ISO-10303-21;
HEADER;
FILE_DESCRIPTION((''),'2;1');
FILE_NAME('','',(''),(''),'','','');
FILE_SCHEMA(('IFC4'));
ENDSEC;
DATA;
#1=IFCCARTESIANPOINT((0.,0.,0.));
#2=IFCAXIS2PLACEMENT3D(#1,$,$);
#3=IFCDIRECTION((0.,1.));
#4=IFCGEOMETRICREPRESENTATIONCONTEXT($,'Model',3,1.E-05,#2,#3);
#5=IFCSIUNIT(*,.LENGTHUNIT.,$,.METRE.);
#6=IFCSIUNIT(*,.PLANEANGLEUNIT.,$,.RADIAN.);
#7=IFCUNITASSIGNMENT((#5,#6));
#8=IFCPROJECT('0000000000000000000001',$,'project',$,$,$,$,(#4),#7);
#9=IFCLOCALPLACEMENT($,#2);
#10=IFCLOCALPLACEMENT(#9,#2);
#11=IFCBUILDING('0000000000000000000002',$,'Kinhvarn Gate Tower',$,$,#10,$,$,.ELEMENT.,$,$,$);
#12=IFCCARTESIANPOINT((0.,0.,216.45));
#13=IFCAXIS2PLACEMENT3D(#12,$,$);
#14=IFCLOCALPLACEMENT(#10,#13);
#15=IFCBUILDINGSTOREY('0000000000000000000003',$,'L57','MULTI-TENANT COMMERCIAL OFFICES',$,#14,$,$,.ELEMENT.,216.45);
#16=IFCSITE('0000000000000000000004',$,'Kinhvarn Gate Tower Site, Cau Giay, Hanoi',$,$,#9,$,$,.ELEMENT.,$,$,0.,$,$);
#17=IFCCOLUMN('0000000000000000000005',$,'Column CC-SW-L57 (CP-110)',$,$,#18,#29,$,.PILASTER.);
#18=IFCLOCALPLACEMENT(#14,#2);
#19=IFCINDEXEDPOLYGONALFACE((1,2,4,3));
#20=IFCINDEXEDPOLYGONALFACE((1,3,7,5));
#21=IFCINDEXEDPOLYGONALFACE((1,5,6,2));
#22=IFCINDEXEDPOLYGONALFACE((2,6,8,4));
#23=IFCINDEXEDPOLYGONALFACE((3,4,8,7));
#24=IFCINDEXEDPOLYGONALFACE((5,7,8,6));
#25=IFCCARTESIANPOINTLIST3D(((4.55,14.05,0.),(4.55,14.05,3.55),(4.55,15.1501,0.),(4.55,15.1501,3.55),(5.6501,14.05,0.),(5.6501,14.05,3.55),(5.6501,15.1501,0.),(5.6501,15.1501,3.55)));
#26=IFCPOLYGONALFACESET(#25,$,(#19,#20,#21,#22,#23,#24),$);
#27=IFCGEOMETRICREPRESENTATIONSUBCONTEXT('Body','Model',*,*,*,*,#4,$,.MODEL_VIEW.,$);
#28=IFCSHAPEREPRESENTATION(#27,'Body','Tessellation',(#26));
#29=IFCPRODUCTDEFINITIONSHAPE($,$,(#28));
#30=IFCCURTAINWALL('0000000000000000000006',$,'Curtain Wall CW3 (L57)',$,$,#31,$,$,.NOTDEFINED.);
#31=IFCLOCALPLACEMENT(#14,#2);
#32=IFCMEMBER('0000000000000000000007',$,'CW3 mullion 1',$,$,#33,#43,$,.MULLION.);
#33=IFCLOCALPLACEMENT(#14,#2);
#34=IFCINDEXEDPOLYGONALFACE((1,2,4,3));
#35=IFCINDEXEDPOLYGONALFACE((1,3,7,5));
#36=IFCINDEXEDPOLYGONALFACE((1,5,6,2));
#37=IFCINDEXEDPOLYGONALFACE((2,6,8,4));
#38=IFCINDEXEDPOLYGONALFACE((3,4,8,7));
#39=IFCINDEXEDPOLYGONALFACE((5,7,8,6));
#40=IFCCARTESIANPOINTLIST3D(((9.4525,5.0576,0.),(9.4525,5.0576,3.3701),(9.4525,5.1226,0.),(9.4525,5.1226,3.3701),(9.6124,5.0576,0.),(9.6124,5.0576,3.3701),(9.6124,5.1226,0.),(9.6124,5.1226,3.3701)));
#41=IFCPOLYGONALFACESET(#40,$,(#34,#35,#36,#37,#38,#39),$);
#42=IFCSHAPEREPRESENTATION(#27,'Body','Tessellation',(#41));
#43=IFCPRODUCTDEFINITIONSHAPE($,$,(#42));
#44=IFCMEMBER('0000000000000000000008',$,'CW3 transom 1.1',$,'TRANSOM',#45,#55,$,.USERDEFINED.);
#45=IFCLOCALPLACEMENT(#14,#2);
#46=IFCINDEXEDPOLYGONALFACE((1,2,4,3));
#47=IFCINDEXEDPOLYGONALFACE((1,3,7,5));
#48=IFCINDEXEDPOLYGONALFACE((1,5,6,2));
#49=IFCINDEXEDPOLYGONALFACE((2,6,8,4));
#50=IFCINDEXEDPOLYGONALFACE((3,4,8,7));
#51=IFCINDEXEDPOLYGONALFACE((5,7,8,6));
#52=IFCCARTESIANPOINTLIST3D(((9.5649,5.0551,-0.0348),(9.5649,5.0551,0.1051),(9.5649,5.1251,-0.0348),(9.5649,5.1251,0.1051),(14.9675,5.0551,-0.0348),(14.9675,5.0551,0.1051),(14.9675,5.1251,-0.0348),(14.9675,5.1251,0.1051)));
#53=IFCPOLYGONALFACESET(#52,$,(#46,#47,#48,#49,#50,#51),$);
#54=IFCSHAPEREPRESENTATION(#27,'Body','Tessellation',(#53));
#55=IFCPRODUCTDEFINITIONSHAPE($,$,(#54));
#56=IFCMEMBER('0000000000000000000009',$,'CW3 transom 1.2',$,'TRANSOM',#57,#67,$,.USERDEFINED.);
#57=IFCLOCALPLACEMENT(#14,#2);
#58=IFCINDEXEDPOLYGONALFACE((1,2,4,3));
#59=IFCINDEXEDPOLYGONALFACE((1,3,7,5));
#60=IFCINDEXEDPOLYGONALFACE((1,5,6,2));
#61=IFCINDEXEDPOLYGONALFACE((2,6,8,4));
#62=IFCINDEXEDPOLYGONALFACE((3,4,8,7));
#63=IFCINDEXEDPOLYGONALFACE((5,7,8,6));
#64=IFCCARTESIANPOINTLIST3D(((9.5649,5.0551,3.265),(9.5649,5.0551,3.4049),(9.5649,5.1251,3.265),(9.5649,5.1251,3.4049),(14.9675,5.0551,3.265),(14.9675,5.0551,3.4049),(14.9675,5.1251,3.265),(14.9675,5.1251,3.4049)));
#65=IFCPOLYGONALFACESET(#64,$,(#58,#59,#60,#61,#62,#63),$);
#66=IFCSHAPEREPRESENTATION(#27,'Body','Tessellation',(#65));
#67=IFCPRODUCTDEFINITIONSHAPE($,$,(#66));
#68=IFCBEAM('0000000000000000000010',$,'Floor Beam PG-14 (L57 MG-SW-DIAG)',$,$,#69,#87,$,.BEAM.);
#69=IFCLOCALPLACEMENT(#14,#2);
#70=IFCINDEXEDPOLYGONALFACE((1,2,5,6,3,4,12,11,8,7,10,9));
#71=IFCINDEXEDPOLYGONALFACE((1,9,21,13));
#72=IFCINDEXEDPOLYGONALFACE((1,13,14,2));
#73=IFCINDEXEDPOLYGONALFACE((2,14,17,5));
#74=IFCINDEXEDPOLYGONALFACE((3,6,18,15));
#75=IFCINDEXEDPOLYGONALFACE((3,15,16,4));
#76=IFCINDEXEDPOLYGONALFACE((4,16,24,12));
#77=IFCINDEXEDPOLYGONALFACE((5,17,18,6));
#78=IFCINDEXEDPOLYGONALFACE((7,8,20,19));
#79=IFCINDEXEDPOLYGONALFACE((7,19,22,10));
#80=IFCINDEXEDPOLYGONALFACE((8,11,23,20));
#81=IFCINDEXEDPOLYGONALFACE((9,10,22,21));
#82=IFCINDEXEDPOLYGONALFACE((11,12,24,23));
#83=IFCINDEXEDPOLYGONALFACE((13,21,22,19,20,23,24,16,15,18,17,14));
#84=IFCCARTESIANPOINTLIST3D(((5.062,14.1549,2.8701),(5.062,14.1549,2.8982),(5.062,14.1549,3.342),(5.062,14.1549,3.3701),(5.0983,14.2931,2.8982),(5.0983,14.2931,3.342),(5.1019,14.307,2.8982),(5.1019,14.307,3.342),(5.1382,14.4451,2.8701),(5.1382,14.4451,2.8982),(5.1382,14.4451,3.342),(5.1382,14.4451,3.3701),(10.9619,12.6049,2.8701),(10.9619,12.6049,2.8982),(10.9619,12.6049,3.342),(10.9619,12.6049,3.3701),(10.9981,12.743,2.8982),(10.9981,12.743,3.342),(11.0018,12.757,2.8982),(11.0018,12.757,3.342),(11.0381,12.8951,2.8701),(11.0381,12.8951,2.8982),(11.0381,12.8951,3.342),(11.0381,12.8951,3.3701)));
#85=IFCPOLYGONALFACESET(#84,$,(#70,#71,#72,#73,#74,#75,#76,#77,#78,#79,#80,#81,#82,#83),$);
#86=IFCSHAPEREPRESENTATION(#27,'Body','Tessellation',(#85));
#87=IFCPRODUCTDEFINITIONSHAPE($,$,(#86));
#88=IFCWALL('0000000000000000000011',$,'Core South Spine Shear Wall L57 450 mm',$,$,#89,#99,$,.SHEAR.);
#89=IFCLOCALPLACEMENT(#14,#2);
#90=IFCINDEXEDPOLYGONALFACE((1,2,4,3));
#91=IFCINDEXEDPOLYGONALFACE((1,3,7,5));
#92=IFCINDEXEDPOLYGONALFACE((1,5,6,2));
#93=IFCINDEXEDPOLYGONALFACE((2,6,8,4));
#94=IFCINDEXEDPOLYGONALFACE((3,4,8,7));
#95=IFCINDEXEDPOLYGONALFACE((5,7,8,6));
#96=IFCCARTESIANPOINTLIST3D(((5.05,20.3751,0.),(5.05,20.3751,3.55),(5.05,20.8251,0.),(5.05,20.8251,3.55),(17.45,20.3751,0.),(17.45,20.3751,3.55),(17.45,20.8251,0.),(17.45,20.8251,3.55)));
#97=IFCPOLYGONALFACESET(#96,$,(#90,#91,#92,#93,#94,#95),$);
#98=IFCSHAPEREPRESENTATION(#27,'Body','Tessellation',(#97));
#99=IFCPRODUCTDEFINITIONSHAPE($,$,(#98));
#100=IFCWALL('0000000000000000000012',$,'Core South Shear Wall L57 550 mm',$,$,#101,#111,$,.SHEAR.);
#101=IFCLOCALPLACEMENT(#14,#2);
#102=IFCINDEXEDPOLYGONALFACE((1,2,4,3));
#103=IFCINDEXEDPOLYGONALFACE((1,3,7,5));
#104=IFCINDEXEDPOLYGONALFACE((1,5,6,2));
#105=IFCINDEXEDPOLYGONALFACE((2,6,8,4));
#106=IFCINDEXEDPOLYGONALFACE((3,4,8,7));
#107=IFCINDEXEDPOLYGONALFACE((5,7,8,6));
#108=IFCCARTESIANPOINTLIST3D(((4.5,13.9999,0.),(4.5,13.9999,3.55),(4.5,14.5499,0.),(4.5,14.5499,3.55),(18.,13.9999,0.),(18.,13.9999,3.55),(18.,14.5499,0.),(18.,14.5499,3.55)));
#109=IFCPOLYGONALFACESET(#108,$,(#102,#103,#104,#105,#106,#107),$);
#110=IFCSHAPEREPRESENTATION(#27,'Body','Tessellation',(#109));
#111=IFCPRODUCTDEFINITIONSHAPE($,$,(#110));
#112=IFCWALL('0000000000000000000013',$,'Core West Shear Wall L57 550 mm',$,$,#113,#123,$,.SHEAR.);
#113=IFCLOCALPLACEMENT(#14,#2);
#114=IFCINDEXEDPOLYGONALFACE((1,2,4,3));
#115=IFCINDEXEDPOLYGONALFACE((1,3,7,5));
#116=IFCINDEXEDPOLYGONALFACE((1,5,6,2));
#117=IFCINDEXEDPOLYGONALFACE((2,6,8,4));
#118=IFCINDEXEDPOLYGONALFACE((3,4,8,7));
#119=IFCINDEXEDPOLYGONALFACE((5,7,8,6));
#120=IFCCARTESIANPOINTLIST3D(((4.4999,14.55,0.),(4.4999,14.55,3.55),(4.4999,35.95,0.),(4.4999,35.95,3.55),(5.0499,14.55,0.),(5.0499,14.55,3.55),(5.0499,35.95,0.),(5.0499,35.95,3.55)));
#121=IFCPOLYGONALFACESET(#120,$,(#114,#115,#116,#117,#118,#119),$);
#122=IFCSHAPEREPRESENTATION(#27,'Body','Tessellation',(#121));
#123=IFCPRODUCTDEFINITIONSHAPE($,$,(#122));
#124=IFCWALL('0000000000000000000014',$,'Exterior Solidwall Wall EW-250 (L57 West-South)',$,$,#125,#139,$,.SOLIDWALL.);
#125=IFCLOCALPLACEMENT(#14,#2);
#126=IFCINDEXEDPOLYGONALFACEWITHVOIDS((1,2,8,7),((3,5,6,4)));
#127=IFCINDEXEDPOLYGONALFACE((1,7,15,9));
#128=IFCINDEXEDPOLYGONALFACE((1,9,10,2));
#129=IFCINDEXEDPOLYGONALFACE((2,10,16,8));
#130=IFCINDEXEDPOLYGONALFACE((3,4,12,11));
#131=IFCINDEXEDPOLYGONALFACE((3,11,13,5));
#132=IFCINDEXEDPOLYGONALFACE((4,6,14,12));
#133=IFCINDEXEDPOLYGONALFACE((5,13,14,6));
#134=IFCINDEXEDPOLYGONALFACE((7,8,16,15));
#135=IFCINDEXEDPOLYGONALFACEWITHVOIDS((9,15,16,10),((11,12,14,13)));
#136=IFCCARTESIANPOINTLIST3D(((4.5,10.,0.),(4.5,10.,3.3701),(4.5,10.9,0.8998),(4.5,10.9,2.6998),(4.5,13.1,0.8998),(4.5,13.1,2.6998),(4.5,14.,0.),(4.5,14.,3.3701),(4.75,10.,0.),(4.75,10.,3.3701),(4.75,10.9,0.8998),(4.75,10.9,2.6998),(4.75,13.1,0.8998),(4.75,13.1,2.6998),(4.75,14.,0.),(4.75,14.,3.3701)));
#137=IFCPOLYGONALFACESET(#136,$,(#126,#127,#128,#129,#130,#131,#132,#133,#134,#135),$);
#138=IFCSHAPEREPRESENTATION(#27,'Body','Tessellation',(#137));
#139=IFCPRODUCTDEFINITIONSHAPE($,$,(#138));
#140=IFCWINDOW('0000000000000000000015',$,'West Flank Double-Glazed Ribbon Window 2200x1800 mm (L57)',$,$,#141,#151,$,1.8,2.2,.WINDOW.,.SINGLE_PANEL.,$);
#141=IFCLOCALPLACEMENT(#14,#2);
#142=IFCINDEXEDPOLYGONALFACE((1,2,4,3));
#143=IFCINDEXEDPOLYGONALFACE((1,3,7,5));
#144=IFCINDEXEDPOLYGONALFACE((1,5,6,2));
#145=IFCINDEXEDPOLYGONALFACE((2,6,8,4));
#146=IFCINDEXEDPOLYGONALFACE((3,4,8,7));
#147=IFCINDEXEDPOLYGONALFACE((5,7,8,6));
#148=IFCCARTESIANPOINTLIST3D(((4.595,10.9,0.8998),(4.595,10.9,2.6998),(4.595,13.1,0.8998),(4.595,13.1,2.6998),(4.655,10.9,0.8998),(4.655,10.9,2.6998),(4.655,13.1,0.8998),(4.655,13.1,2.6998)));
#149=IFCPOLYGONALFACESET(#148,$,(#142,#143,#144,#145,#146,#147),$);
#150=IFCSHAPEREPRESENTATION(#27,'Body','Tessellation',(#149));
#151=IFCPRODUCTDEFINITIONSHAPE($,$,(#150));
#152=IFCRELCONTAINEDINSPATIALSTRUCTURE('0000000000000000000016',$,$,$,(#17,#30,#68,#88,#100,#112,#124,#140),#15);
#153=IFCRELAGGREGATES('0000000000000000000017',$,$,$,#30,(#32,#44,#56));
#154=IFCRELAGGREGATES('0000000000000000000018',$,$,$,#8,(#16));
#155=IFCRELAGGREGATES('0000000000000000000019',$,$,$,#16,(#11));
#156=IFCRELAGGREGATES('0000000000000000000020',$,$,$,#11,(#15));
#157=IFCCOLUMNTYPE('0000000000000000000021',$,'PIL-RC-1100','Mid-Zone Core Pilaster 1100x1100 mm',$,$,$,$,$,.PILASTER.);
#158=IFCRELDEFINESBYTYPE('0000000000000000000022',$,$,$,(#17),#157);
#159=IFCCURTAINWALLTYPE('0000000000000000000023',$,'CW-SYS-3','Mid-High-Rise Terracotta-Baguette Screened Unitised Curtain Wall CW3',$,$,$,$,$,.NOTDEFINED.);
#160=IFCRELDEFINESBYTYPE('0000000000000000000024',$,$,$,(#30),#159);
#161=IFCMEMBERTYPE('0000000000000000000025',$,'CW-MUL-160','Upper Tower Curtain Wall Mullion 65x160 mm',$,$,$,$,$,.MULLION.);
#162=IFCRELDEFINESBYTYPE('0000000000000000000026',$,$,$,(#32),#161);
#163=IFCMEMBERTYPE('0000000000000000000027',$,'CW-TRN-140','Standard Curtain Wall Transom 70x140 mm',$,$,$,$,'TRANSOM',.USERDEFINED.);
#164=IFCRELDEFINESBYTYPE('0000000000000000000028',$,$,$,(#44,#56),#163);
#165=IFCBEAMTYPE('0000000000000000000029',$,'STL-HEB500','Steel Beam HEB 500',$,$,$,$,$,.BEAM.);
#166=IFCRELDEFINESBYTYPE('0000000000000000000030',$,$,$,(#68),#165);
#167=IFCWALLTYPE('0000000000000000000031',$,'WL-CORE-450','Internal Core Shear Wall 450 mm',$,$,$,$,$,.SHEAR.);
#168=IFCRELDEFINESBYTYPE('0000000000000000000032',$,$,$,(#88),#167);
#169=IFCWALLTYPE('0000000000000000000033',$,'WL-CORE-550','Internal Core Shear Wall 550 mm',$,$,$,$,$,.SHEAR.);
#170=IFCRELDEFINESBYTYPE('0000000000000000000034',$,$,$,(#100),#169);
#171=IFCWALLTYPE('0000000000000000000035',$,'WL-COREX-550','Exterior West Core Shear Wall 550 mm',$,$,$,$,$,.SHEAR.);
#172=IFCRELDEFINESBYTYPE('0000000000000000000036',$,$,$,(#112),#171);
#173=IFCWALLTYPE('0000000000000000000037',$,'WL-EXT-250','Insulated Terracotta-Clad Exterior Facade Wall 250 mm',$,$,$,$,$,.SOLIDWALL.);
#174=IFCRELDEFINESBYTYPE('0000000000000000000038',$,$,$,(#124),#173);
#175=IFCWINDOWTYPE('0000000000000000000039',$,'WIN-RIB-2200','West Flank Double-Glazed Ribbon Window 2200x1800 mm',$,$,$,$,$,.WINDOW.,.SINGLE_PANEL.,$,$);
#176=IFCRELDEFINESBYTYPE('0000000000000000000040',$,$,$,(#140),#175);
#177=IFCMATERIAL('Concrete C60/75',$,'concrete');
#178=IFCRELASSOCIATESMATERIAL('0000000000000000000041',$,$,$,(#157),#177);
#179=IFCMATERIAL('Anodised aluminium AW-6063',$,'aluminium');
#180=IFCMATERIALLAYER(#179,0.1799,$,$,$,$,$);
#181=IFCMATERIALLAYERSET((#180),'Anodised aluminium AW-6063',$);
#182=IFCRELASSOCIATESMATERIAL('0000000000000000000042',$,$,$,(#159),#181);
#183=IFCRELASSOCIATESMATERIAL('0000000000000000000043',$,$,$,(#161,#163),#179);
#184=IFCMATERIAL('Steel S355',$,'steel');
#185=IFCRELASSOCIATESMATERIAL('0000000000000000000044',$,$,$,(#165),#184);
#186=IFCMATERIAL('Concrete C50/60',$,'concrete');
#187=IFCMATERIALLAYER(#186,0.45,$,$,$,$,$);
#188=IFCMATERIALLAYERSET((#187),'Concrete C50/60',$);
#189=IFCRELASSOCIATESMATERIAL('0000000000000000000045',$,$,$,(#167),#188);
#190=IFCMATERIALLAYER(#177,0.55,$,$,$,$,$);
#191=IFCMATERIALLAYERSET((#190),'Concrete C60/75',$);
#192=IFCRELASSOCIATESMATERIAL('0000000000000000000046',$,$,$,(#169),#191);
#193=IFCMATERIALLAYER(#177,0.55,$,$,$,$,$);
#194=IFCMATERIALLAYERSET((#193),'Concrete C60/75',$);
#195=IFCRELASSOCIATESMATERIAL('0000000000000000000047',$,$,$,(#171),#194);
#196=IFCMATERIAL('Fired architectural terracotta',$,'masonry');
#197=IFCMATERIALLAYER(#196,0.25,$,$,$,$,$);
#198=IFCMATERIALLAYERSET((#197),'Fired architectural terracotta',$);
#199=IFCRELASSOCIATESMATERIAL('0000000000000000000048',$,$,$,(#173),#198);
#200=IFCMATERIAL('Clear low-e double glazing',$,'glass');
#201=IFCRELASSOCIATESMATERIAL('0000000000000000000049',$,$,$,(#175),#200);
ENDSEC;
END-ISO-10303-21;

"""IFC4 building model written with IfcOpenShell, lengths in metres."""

from ifc_helpers import new_model, si_unit, direction, frame, frame_2d, origin, origin_2d, place, context, subcontext, project, spatial, rectangle, i_section, extrude, material, layer, layer_set, material_profile, profile_set, type_object, element, fill, aggregate, save


model = new_model("IFC4")

# Units and contexts
model_context = context("Model", 3, precision=1e-05, world=origin(), true_north=direction((0.0, 1.0)))
body_context = subcontext(model_context, "Body", "Model", "MODEL_VIEW")
ifc_project = project(units=[si_unit("LENGTHUNIT", "METRE"), si_unit("PLANEANGLEUNIT", "RADIAN")], contexts=[model_context])

# Site, building, storey
site_placement = place(None, origin())
site = spatial("IfcSite", under=ifc_project, at=site_placement, Name="Kinhvarn Gate Tower Site, Cau Giay, Hanoi", CompositionType="ELEMENT", RefElevation=0.0)
building_placement = place(site_placement, origin())
building = spatial("IfcBuilding", under=site, at=building_placement, Name="Kinhvarn Gate Tower", CompositionType="ELEMENT")
storey_placement = place(building_placement, frame((0.0, 0.0, 216.45)))
storey = spatial("IfcBuildingStorey", under=building, at=storey_placement, Name="L57", Description="MULTI-TENANT COMMERCIAL OFFICES", CompositionType="ELEMENT", Elevation=216.45)

# Column
ifc_material_1 = material(Name="Concrete C60/75", Category="concrete")
ifc_material_profile_1 = material_profile(ifc_material_1, rectangle(XDim=1.1001, YDim=1.1001, at=origin_2d()), Name="RC 1100x1100")
ifc_profile_set_1 = profile_set([ifc_material_profile_1], Name="Concrete C60/75")
column_type = type_object("IfcColumnType", Name="PIL-RC-1100", Description="Mid-Zone Core Pilaster 1100x1100 mm", PredefinedType="PILASTER", material=ifc_profile_set_1)
column_placement = place(storey_placement, frame((5.1001, 14.6001, 0.0), z_axis=(0.0, 0.0, 1.0), x_axis=(1.0, 0.0, 0.0)))
element("IfcColumn", 1, at=column_placement, inside=storey, type_object=column_type, Name="Column CC-SW-L57 (CP-110)", PredefinedType="PILASTER", context=body_context, shape_type="SweptSolid", body=[
    extrude(rectangle(XDim=1.1001, YDim=1.1001, at=origin_2d()), origin(), (0.0, 0.0, 1.0), 3.55),
])

# Curtain wall, members
ifc_material_2 = material(Name="Anodised aluminium AW-6063", Category="aluminium")
ifc_layer_1 = layer(ifc_material_2, 0.1799)
ifc_layer_set_1 = layer_set([ifc_layer_1], Name="Anodised aluminium AW-6063")
curtain_wall_type = type_object("IfcCurtainWallType", Name="CW-SYS-3", Description="Mid-High-Rise Terracotta-Baguette Screened Unitised Curtain Wall CW3", PredefinedType="NOTDEFINED", material=ifc_layer_set_1)
curtain_wall_placement = place(storey_placement, origin())
curtain_wall = element("IfcCurtainWall", 2, at=curtain_wall_placement, inside=storey, type_object=curtain_wall_type, Name="Curtain Wall CW3 (L57)", PredefinedType="NOTDEFINED")
ifc_material_profile_2 = material_profile(ifc_material_2, rectangle(XDim=0.0649, YDim=0.1599, at=origin_2d()), Name="ALU 65x160")
ifc_profile_set_2 = profile_set([ifc_material_profile_2], Name="Anodised aluminium AW-6063")
member_type_1 = type_object("IfcMemberType", Name="CW-MUL-160", Description="Upper Tower Curtain Wall Mullion 65x160 mm", PredefinedType="MULLION", material=ifc_profile_set_2)
member_1_placement = place(storey_placement, frame((9.5325, 5.0901, 0.0), z_axis=(0.0, 0.0, 1.0), x_axis=(0.0, 1.0, 0.0)))
member_1 = element("IfcMember", 3, at=member_1_placement, type_object=member_type_1, Name="CW3 mullion 1", PredefinedType="MULLION", context=body_context, shape_type="SweptSolid", body=[
    extrude(rectangle(XDim=0.0649, YDim=0.1599, at=origin_2d()), origin(), (0.0, 0.0, 1.0), 3.3701),
])
ifc_material_profile_3 = material_profile(ifc_material_2, rectangle(XDim=0.0701, YDim=0.1399, at=origin_2d()), Name="ALU 70x140")
ifc_profile_set_3 = profile_set([ifc_material_profile_3], Name="Anodised aluminium AW-6063")
member_type_2 = type_object("IfcMemberType", Name="CW-TRN-140", Description="Standard Curtain Wall Transom 70x140 mm", ElementType="TRANSOM", PredefinedType="USERDEFINED", material=ifc_profile_set_3)
member_2_placement = place(storey_placement, frame((9.5649, 5.0901, 0.0352), z_axis=(1.0, 0.0, 0.0), x_axis=(0.0, 1.0, 0.0)))
member_2 = element("IfcMember", 4, at=member_2_placement, type_object=member_type_2, Name="CW3 transom 1.1", ObjectType="TRANSOM", PredefinedType="USERDEFINED", context=body_context, shape_type="SweptSolid", body=[
    extrude(rectangle(XDim=0.0701, YDim=0.1399, at=origin_2d()), origin(), (0.0, 0.0, 1.0), 5.4026),
])
member_3_placement = place(storey_placement, frame((9.5649, 5.0901, 3.335), z_axis=(1.0, 0.0, 0.0), x_axis=(0.0, 1.0, 0.0)))
member_3 = element("IfcMember", 5, at=member_3_placement, type_object=member_type_2, Name="CW3 transom 1.2", ObjectType="TRANSOM", PredefinedType="USERDEFINED", context=body_context, shape_type="SweptSolid", body=[
    extrude(rectangle(XDim=0.0701, YDim=0.1399, at=origin_2d()), origin(), (0.0, 0.0, 1.0), 5.4026),
])
aggregate(curtain_wall, [member_1, member_2, member_3])

# Beam
ifc_material_3 = material(Name="Steel S355", Category="steel")
ifc_material_profile_4 = material_profile(ifc_material_3, i_section(OverallWidth=0.3, OverallDepth=0.5, WebThickness=0.0144, FlangeThickness=0.0281, at=origin_2d()), Name="HEB 500")
ifc_profile_set_4 = profile_set([ifc_material_profile_4], Name="Steel S355")
beam_type = type_object("IfcBeamType", Name="STL-HEB500", Description="Steel Beam HEB 500", PredefinedType="BEAM", material=ifc_profile_set_4)
beam_placement = place(storey_placement, frame((5.1001, 14.3, 3.1201), z_axis=(0.967178, -0.254101, 0.0), x_axis=(0.254101, 0.967178, 0.0)))
element("IfcBeam", 6, at=beam_placement, inside=storey, type_object=beam_type, Name="Floor Beam PG-14 (L57 MG-SW-DIAG)", PredefinedType="BEAM", context=body_context, shape_type="SweptSolid", body=[
    extrude(i_section(OverallWidth=0.3, OverallDepth=0.5, WebThickness=0.0144, FlangeThickness=0.0281, at=origin_2d()), origin(), (0.0, 0.0, 1.0), 6.1001),
])

# Walls
ifc_material_4 = material(Name="Concrete C50/60", Category="concrete")
ifc_layer_2 = layer(ifc_material_4, 0.45)
ifc_layer_set_2 = layer_set([ifc_layer_2], Name="Concrete C50/60")
wall_type_1 = type_object("IfcWallType", Name="WL-CORE-450", Description="Internal Core Shear Wall 450 mm", PredefinedType="SHEAR", material=ifc_layer_set_2)
wall_1_placement = place(storey_placement, frame((5.05, 20.6001, 0.0), z_axis=(0.0, 0.0, 1.0), x_axis=(1.0, 0.0, 0.0)))
element("IfcWall", 7, at=wall_1_placement, inside=storey, type_object=wall_type_1, Name="Core South Spine Shear Wall L57 450 mm", PredefinedType="SHEAR", context=body_context, shape_type="SweptSolid", body=[
    extrude(rectangle(XDim=12.3999, YDim=0.45, at=frame_2d((6.2, 0.0))), origin(), (0.0, 0.0, 1.0), 3.55),
])
ifc_layer_3 = layer(ifc_material_1, 0.55)
ifc_layer_set_3 = layer_set([ifc_layer_3], Name="Concrete C60/75")
wall_type_2 = type_object("IfcWallType", Name="WL-CORE-550", Description="Internal Core Shear Wall 550 mm", PredefinedType="SHEAR", material=ifc_layer_set_3)
wall_2_placement = place(storey_placement, frame((4.5, 14.2749, 0.0), z_axis=(0.0, 0.0, 1.0), x_axis=(1.0, 0.0, 0.0)))
element("IfcWall", 8, at=wall_2_placement, inside=storey, type_object=wall_type_2, Name="Core South Shear Wall L57 550 mm", PredefinedType="SHEAR", context=body_context, shape_type="SweptSolid", body=[
    extrude(rectangle(XDim=13.5, YDim=0.55, at=frame_2d((6.75, 0.0))), origin(), (0.0, 0.0, 1.0), 3.55),
])
ifc_layer_4 = layer(ifc_material_1, 0.55)
ifc_layer_set_4 = layer_set([ifc_layer_4], Name="Concrete C60/75")
wall_type_3 = type_object("IfcWallType", Name="WL-COREX-550", Description="Exterior West Core Shear Wall 550 mm", PredefinedType="SHEAR", material=ifc_layer_set_4)
wall_3_placement = place(storey_placement, frame((4.7749, 14.55, 0.0), z_axis=(0.0, 0.0, 1.0), x_axis=(0.0, 1.0, 0.0)))
element("IfcWall", 9, at=wall_3_placement, inside=storey, type_object=wall_type_3, Name="Core West Shear Wall L57 550 mm", PredefinedType="SHEAR", context=body_context, shape_type="SweptSolid", body=[
    extrude(rectangle(XDim=21.3999, YDim=0.55, at=frame_2d((10.7, 0.0))), origin(), (0.0, 0.0, 1.0), 3.55),
])

# Wall, opening, window
ifc_material_5 = material(Name="Fired architectural terracotta", Category="masonry")
ifc_layer_5 = layer(ifc_material_5, 0.25)
ifc_layer_set_5 = layer_set([ifc_layer_5], Name="Fired architectural terracotta")
wall_type_4 = type_object("IfcWallType", Name="WL-EXT-250", Description="Insulated Terracotta-Clad Exterior Facade Wall 250 mm", PredefinedType="SOLIDWALL", material=ifc_layer_set_5)
wall_4_placement = place(storey_placement, frame((4.625, 14.0, 0.0), z_axis=(0.0, 0.0, 1.0), x_axis=(0.0, -1.0, 0.0)))
wall_4 = element("IfcWall", 10, at=wall_4_placement, inside=storey, type_object=wall_type_4, Name="Exterior Solidwall Wall EW-250 (L57 West-South)", PredefinedType="SOLIDWALL", context=body_context, shape_type="SweptSolid", body=[
    extrude(rectangle(XDim=4.0, YDim=0.25, at=frame_2d((2.0, 0.0))), origin(), (0.0, 0.0, 1.0), 3.3701),
])
opening_1_placement = place(wall_4_placement, frame((0.8999, 0.0, 0.8999)))
opening_1 = element("IfcOpeningElement", 11, at=opening_1_placement, cuts=wall_4, PredefinedType="OPENING", context=body_context, shape_type="SweptSolid", body=[
    extrude(rectangle(XDim=2.2, YDim=1.8, at=frame_2d((1.1001, 0.8999))), frame((0.0, 0.135, 0.0), z_axis=(0.0, -1.0, 0.0), x_axis=(1.0, 0.0, 0.0)), (0.0, 0.0, 1.0), 0.27),
])
ifc_material_6 = material(Name="Clear low-e double glazing", Category="glass")
window_type_1 = type_object("IfcWindowType", Name="WIN-RIB-2200", Description="West Flank Double-Glazed Ribbon Window 2200x1800 mm", PartitioningType="SINGLE_PANEL", PredefinedType="WINDOW", material=ifc_material_6)
window_1_placement = place(opening_1_placement, origin())
window_1 = element("IfcWindow", 12, at=window_1_placement, inside=storey, type_object=window_type_1, Name="West Flank Double-Glazed Ribbon Window 2200x1800 mm (L57)", OverallHeight=1.8, OverallWidth=2.2, PartitioningType="SINGLE_PANEL", PredefinedType="WINDOW", context=body_context, shape_type="SweptSolid", body=[
    extrude(rectangle(XDim=2.2, YDim=1.8, at=frame_2d((1.1001, 0.8999))), frame((0.0, 0.03, 0.0), z_axis=(0.0, -1.0, 0.0), x_axis=(1.0, 0.0, 0.0)), (0.0, 0.0, 1.0), 0.0601),
])
fill(opening_1, window_1)

save(model, "model.ifc")
